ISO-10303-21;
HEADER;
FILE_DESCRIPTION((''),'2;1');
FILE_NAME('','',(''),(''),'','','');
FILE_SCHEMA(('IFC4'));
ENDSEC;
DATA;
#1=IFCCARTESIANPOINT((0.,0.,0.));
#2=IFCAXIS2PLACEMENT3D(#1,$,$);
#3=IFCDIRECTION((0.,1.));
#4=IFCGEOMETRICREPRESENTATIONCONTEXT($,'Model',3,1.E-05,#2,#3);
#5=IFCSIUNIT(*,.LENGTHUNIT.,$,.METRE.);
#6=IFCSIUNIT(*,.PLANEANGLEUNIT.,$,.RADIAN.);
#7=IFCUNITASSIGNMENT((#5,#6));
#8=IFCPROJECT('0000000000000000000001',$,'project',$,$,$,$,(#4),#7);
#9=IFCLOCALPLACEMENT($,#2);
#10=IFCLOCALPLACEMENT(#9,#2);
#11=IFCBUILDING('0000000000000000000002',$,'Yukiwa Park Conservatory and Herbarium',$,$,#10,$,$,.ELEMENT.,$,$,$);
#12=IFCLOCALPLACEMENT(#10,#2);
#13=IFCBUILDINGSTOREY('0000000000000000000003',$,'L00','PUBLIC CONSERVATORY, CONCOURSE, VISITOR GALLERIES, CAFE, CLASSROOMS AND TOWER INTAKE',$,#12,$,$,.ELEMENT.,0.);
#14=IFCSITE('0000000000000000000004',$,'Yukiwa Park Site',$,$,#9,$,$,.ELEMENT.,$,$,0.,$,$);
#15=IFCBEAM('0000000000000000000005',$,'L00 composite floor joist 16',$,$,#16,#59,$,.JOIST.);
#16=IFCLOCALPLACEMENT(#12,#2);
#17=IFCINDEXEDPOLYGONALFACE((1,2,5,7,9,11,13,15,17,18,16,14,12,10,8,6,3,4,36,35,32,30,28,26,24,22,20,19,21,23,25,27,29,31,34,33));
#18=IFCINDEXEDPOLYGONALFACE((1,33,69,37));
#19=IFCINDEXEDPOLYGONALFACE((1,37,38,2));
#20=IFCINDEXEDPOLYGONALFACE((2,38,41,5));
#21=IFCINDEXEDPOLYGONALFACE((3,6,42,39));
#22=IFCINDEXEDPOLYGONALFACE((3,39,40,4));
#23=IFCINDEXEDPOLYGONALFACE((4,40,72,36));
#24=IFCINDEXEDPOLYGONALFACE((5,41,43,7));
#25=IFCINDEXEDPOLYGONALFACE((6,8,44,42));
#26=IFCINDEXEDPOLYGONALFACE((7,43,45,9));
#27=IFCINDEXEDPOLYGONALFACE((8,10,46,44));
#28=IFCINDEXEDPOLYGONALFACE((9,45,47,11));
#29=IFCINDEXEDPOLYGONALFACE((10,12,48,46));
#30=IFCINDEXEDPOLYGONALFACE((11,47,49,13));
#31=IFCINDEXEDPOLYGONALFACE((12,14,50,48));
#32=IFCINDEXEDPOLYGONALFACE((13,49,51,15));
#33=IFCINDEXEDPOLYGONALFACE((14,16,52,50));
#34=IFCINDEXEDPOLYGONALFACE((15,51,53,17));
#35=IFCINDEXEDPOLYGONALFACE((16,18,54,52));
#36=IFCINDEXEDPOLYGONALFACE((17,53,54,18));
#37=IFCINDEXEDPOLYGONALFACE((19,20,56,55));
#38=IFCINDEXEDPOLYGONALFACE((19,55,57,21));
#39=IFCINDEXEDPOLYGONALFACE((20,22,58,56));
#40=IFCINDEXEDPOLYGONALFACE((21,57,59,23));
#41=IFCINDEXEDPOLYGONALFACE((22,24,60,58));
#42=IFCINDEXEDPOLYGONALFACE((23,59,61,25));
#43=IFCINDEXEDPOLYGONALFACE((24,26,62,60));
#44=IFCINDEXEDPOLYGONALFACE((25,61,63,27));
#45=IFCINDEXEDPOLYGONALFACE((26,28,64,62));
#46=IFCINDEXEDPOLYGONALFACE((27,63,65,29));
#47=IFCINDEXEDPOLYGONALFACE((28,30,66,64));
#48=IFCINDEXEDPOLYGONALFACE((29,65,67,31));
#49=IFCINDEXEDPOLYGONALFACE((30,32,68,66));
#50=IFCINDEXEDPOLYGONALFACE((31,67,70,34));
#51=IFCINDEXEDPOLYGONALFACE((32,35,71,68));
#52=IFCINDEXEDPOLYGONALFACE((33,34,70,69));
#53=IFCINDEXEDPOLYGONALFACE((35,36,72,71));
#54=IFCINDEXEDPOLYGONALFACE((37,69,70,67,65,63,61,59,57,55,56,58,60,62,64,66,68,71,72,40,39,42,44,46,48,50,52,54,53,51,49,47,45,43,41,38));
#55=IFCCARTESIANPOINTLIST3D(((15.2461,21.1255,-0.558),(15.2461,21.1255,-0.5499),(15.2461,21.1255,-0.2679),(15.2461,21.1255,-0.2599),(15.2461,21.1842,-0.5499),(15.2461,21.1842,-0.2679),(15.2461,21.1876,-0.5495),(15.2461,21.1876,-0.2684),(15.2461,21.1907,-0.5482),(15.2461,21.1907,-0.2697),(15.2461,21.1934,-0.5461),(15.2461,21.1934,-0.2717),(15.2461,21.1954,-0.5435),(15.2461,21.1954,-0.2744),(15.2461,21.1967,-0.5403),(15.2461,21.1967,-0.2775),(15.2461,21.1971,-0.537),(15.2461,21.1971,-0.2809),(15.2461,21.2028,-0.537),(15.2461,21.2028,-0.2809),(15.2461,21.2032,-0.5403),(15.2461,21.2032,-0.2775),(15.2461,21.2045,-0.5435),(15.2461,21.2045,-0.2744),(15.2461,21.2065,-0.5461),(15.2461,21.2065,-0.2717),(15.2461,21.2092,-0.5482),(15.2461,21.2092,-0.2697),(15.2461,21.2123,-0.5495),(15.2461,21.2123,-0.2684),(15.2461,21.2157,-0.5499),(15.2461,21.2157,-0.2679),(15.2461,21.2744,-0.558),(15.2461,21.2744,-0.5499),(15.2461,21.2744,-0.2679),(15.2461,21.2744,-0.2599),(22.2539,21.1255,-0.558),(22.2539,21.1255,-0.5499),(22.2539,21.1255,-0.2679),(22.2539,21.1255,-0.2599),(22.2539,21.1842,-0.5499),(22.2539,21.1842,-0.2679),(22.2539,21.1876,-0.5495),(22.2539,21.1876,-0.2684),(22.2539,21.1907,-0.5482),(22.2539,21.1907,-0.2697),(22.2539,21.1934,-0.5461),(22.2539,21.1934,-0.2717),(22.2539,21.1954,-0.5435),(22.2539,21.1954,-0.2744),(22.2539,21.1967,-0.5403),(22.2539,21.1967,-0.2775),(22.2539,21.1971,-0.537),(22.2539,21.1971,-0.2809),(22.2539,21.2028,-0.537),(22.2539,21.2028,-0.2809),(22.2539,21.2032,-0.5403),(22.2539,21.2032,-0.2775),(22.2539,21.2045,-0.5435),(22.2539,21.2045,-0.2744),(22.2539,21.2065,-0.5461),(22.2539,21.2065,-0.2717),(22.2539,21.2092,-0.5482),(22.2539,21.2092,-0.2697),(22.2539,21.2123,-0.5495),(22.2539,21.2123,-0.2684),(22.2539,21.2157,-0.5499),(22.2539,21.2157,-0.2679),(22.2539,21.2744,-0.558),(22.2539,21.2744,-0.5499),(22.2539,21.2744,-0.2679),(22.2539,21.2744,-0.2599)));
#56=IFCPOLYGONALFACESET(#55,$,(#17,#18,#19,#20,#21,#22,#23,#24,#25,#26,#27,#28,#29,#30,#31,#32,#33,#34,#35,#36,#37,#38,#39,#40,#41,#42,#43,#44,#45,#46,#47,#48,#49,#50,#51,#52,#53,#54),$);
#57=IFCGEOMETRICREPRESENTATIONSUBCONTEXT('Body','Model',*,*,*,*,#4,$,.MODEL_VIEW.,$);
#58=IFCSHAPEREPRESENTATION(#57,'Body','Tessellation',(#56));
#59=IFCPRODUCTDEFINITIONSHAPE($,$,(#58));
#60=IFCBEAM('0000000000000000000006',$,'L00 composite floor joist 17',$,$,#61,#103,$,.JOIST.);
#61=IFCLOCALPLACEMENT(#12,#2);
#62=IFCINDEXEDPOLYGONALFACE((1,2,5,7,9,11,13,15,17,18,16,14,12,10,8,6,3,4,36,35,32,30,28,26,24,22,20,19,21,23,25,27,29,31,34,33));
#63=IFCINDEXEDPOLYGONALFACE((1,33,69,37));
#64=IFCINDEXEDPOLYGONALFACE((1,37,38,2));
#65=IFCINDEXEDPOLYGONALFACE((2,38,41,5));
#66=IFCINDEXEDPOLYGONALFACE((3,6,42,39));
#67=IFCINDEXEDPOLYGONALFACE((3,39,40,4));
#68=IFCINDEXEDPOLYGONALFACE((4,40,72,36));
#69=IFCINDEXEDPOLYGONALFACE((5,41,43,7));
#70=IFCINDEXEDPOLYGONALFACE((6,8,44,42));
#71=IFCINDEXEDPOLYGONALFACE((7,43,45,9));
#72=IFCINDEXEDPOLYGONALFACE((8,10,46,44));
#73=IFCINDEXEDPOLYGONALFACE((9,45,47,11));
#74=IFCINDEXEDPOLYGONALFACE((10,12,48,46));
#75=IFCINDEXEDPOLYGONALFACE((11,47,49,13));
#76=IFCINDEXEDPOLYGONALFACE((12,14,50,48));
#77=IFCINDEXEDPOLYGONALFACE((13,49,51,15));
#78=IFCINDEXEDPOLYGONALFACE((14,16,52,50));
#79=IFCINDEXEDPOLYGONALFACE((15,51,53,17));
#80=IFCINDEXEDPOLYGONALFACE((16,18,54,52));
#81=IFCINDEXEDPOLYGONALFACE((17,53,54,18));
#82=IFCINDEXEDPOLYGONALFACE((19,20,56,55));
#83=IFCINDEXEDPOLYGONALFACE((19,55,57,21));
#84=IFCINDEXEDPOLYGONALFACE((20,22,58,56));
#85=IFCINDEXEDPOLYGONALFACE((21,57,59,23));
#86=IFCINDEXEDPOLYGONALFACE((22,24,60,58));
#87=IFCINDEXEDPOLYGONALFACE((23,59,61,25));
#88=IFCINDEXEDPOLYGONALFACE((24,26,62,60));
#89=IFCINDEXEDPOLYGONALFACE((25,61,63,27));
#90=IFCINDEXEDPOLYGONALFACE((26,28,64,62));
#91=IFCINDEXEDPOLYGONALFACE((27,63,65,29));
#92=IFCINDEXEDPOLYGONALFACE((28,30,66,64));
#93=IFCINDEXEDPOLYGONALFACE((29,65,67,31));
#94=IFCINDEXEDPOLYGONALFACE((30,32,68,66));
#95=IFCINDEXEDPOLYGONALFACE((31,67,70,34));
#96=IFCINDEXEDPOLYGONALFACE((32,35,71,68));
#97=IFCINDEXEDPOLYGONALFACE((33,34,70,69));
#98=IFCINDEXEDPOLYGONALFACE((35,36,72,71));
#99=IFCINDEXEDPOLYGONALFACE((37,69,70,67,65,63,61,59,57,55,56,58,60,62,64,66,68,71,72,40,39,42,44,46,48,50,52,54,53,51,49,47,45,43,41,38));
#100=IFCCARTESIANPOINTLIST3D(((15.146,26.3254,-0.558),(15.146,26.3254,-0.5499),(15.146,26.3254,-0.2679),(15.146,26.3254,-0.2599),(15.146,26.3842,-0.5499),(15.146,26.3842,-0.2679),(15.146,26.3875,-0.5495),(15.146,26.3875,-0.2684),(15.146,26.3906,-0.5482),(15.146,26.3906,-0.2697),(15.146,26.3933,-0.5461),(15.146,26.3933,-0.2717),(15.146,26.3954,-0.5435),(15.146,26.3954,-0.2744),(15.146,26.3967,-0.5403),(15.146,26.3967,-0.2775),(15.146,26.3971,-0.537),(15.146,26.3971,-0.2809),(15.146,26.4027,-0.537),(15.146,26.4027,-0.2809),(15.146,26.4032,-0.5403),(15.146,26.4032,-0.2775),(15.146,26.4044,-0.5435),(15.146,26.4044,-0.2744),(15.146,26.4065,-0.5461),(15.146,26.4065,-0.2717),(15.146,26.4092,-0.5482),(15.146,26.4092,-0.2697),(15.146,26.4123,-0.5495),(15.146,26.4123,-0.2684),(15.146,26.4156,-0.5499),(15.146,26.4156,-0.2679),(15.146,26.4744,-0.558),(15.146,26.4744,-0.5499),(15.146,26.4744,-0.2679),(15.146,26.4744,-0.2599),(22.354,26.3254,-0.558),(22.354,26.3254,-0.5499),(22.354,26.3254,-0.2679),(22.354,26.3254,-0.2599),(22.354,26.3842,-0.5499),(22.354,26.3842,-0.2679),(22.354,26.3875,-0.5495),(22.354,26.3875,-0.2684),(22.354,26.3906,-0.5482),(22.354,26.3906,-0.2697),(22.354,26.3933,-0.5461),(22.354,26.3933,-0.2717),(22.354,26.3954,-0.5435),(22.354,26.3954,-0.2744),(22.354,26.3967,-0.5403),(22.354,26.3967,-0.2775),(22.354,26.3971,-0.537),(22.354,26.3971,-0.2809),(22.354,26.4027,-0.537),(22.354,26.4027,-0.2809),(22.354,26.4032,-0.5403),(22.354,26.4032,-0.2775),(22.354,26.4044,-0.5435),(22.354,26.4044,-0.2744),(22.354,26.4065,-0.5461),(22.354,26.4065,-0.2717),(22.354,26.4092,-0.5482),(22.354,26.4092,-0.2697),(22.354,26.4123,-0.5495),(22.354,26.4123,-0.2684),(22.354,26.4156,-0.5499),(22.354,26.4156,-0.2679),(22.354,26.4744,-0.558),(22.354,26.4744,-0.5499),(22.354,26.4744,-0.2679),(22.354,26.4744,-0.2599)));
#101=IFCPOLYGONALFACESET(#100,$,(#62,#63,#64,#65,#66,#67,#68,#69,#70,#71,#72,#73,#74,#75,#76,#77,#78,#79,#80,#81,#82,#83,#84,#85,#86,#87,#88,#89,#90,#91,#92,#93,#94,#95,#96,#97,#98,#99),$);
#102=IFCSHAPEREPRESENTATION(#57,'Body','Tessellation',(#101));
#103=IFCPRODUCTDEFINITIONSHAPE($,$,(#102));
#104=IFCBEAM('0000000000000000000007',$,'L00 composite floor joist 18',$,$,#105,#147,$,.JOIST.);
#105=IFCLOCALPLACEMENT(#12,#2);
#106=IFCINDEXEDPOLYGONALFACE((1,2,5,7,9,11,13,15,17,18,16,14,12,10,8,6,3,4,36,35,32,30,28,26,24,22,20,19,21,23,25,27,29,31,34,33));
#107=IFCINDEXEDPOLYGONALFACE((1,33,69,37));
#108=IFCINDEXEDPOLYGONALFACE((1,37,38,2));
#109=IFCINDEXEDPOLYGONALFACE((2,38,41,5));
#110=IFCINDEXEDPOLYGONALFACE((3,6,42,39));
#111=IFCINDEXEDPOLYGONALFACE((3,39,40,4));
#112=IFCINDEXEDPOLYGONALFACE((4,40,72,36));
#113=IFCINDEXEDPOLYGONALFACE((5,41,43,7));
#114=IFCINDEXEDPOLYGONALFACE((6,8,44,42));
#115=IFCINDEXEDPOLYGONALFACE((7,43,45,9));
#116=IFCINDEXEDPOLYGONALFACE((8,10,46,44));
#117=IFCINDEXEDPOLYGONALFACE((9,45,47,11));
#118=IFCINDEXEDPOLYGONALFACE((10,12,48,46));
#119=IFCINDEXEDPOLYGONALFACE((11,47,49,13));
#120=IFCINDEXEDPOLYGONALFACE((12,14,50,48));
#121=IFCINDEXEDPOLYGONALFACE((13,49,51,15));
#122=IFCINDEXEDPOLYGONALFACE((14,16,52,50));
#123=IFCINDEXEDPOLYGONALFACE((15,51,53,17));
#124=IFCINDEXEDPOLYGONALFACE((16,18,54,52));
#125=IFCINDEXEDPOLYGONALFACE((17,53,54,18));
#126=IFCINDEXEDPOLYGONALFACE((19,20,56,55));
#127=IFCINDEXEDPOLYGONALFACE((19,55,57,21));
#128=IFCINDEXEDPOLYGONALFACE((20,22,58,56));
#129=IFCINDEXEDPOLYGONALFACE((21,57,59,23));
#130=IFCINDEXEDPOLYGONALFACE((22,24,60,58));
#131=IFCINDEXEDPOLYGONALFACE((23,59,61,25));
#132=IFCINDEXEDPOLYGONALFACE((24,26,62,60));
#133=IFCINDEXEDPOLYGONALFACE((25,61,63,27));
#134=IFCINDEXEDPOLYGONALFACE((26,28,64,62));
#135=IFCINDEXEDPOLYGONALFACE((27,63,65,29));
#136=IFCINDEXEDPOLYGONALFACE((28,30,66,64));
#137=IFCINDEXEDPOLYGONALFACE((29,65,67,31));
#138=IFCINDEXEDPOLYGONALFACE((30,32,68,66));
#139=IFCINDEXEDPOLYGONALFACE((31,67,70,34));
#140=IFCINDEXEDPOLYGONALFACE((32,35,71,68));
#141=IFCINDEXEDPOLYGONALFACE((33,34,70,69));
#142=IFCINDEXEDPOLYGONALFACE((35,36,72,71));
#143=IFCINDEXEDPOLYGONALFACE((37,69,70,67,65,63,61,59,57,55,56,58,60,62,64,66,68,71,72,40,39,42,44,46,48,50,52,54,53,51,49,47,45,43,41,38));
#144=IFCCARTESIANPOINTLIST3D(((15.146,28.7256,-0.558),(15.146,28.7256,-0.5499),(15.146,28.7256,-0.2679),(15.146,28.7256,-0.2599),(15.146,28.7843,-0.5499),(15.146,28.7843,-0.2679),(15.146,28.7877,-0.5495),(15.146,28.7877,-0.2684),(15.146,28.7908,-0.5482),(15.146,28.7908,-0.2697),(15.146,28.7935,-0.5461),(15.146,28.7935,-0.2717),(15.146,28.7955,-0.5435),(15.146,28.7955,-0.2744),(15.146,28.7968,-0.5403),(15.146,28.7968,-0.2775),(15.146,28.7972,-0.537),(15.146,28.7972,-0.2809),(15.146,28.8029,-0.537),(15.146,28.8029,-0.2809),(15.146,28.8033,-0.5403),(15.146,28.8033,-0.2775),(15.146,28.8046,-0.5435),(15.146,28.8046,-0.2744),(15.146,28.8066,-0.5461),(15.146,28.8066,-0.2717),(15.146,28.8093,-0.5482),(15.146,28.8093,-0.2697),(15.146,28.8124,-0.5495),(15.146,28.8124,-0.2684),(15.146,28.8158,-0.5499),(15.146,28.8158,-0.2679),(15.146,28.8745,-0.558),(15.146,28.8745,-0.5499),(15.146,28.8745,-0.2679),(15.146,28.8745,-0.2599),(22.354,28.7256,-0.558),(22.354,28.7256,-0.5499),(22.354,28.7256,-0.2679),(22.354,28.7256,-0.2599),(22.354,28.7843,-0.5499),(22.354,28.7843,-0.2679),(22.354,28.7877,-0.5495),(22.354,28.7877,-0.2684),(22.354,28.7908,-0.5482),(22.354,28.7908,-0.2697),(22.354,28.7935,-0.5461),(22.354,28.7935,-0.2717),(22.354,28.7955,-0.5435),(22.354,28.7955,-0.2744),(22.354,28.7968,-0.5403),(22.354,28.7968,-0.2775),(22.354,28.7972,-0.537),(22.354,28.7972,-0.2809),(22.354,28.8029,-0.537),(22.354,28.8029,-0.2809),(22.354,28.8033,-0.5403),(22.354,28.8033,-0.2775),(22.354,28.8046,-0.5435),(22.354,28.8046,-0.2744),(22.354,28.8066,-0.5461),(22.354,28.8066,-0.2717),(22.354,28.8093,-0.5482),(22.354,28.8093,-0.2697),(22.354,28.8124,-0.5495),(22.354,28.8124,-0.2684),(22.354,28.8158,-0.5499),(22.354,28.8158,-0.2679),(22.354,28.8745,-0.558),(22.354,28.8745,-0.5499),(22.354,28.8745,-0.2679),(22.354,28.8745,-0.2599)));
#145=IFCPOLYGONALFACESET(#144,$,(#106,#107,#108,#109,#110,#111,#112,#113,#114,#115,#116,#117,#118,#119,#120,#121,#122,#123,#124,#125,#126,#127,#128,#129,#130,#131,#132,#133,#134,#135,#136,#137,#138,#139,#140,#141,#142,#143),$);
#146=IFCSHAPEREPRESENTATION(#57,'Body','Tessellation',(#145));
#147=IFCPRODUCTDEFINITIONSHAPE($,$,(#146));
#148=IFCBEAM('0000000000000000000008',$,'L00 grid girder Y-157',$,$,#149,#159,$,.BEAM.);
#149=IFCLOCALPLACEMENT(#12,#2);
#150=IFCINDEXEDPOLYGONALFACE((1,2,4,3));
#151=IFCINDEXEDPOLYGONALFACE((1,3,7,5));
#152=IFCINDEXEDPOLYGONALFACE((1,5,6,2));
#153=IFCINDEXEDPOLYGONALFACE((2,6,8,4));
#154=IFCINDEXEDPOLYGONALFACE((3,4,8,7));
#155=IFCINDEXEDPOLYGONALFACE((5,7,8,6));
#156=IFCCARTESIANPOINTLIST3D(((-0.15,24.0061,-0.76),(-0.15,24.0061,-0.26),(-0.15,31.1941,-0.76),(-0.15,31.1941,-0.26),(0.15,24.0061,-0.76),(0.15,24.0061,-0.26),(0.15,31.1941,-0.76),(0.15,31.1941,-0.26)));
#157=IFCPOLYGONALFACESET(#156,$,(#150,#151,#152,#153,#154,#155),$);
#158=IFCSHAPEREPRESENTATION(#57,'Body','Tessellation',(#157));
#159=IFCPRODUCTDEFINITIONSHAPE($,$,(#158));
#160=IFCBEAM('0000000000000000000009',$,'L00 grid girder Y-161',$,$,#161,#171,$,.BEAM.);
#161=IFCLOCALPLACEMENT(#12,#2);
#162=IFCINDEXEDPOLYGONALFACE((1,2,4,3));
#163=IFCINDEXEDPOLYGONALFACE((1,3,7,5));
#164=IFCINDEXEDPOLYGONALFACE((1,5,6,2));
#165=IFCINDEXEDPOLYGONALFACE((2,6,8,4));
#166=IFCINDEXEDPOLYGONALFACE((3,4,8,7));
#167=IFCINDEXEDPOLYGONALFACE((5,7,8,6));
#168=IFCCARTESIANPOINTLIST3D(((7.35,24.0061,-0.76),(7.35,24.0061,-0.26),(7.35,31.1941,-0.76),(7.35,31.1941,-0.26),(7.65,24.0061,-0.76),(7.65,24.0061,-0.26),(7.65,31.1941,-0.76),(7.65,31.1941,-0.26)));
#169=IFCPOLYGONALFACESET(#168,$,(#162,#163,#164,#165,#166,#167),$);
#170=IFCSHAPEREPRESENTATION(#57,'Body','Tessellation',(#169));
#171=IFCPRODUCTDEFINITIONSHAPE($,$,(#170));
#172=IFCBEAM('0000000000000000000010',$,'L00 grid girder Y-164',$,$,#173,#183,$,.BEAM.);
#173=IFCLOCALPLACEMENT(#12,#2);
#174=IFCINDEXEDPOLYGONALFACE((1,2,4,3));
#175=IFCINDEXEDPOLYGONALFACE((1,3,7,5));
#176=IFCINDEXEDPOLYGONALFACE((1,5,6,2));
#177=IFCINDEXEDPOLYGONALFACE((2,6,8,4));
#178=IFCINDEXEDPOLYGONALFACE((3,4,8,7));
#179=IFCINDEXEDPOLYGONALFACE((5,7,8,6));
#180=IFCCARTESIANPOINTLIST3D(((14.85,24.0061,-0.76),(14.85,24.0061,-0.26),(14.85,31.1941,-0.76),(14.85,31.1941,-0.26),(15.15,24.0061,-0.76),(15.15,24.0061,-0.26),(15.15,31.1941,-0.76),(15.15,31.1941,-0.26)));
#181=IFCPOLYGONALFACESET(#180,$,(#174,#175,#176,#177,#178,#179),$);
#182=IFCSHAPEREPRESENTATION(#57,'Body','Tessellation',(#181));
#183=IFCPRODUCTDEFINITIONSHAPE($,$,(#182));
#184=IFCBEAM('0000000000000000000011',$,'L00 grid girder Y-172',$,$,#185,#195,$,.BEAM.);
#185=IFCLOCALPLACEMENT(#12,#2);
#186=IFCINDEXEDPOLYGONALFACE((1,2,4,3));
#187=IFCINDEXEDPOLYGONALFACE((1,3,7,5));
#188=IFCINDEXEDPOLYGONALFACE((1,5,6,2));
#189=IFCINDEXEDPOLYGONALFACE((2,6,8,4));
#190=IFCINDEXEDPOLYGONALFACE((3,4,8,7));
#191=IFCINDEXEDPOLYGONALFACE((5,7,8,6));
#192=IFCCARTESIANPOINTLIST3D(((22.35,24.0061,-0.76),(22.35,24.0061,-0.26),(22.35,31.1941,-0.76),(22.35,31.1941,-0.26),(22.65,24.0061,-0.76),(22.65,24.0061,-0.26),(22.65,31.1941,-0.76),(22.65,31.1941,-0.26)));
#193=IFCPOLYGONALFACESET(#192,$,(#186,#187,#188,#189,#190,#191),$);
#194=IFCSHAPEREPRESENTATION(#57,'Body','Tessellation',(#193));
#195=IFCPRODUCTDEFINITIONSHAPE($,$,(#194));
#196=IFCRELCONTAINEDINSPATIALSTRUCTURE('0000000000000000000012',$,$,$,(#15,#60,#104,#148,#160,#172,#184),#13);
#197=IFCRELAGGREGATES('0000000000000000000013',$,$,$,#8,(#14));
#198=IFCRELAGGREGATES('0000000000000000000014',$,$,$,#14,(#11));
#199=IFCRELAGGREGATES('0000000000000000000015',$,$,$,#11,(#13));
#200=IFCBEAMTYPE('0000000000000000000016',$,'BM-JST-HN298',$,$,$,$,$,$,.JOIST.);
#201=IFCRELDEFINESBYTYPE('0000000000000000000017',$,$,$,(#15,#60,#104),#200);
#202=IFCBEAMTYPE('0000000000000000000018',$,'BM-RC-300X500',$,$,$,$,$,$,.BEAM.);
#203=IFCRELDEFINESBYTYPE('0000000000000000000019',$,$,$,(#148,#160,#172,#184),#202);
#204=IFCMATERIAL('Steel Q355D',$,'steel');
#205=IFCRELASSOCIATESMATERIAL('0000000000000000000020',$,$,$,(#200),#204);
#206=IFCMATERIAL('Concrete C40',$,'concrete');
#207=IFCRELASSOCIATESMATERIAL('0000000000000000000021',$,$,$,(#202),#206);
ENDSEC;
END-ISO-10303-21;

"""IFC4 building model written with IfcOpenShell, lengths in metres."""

from ifc_helpers import new_model, si_unit, direction, frame, origin, origin_2d, place, context, subcontext, project, spatial, rectangle, i_section, extrude, material, material_profile, profile_set, type_object, element, save


model = new_model("IFC4")

# Units and contexts
model_context = context("Model", 3, precision=1e-05, world=origin(), true_north=direction((0.0, 1.0)))
body_context = subcontext(model_context, "Body", "Model", "MODEL_VIEW")
ifc_project = project(units=[si_unit("LENGTHUNIT", "METRE"), si_unit("PLANEANGLEUNIT", "RADIAN")], contexts=[model_context])

# Site, building, storey
site_placement = place(None, origin())
site = spatial("IfcSite", under=ifc_project, at=site_placement, Name="Yukiwa Park Site", CompositionType="ELEMENT", RefElevation=0.0)
building_placement = place(site_placement, origin())
building = spatial("IfcBuilding", under=site, at=building_placement, Name="Yukiwa Park Conservatory and Herbarium", CompositionType="ELEMENT")
storey_placement = place(building_placement, origin())
storey = spatial("IfcBuildingStorey", under=building, at=storey_placement, Name="L00", Description="PUBLIC CONSERVATORY, CONCOURSE, VISITOR GALLERIES, CAFE, CLASSROOMS AND TOWER INTAKE", CompositionType="ELEMENT", Elevation=0.0)

# Beams
ifc_material_1 = material(Name="Steel Q355D", Category="steel")
ifc_material_profile_1 = material_profile(ifc_material_1, i_section(OverallWidth=0.1489, OverallDepth=0.2981, WebThickness=0.0056, FlangeThickness=0.0081, FilletRadius=0.0129, at=origin_2d()), Name="HN 298x149x5.5x8")
ifc_profile_set_1 = profile_set([ifc_material_profile_1], Name="Steel Q355D")
beam_type_1 = type_object("IfcBeamType", Name="BM-JST-HN298", PredefinedType="JOIST", material=ifc_profile_set_1)
for number, where, z_axis, x_axis, name in (
    (1, (15.2461, 21.2, -0.4089), (1.0, 0.0, 0.0), (0.0, 1.0, 0.0), "L00 composite floor joist 16"),
):
    element("IfcBeam", number, at=place(storey_placement, frame(where, z_axis=z_axis, x_axis=x_axis)), inside=storey, type_object=beam_type_1, Name=name, PredefinedType="JOIST", context=body_context, shape_type="SweptSolid", body=[
        extrude(i_section(OverallWidth=0.1489, OverallDepth=0.2981, WebThickness=0.0056, FlangeThickness=0.0081, FilletRadius=0.0129, at=origin_2d()), origin(), (0.0, 0.0, 1.0), 7.0078),
    ])
for number, where, z_axis, x_axis, name in (
    (2, (15.146, 26.3999, -0.4089), (1.0, 0.0, 0.0), (0.0, 1.0, 0.0), "L00 composite floor joist 17"),
    (3, (15.146, 28.8, -0.4089), (1.0, 0.0, 0.0), (0.0, 1.0, 0.0), "L00 composite floor joist 18"),
):
    element("IfcBeam", number, at=place(storey_placement, frame(where, z_axis=z_axis, x_axis=x_axis)), inside=storey, type_object=beam_type_1, Name=name, PredefinedType="JOIST", context=body_context, shape_type="SweptSolid", body=[
        extrude(i_section(OverallWidth=0.1489, OverallDepth=0.2981, WebThickness=0.0056, FlangeThickness=0.0081, FilletRadius=0.0129, at=origin_2d()), origin(), (0.0, 0.0, 1.0), 7.208),
    ])
ifc_material_2 = material(Name="Concrete C40", Category="concrete")
ifc_material_profile_2 = material_profile(ifc_material_2, rectangle(XDim=0.3, YDim=0.5, at=origin_2d()), Name="RC 300x500")
ifc_profile_set_2 = profile_set([ifc_material_profile_2], Name="Concrete C40")
beam_type_2 = type_object("IfcBeamType", Name="BM-RC-300X500", PredefinedType="BEAM", material=ifc_profile_set_2)
for number, where, z_axis, x_axis, name in (
    (4, (0.0, 24.0061, -0.51), (0.0, 1.0, 0.0), (-1.0, 0.0, 0.0), "L00 grid girder Y-157"),
    (5, (7.5, 24.0061, -0.51), (0.0, 1.0, 0.0), (-1.0, 0.0, 0.0), "L00 grid girder Y-161"),
    (6, (15.0, 24.0061, -0.51), (0.0, 1.0, 0.0), (-1.0, 0.0, 0.0), "L00 grid girder Y-164"),
    (7, (22.5, 24.0061, -0.51), (0.0, 1.0, 0.0), (-1.0, 0.0, 0.0), "L00 grid girder Y-172"),
):
    element("IfcBeam", number, at=place(storey_placement, frame(where, z_axis=z_axis, x_axis=x_axis)), inside=storey, type_object=beam_type_2, Name=name, PredefinedType="BEAM", context=body_context, shape_type="SweptSolid", body=[
        extrude(rectangle(XDim=0.3, YDim=0.5, at=origin_2d()), origin(), (0.0, 0.0, 1.0), 7.188),
    ])

save(model, "model.ifc")
